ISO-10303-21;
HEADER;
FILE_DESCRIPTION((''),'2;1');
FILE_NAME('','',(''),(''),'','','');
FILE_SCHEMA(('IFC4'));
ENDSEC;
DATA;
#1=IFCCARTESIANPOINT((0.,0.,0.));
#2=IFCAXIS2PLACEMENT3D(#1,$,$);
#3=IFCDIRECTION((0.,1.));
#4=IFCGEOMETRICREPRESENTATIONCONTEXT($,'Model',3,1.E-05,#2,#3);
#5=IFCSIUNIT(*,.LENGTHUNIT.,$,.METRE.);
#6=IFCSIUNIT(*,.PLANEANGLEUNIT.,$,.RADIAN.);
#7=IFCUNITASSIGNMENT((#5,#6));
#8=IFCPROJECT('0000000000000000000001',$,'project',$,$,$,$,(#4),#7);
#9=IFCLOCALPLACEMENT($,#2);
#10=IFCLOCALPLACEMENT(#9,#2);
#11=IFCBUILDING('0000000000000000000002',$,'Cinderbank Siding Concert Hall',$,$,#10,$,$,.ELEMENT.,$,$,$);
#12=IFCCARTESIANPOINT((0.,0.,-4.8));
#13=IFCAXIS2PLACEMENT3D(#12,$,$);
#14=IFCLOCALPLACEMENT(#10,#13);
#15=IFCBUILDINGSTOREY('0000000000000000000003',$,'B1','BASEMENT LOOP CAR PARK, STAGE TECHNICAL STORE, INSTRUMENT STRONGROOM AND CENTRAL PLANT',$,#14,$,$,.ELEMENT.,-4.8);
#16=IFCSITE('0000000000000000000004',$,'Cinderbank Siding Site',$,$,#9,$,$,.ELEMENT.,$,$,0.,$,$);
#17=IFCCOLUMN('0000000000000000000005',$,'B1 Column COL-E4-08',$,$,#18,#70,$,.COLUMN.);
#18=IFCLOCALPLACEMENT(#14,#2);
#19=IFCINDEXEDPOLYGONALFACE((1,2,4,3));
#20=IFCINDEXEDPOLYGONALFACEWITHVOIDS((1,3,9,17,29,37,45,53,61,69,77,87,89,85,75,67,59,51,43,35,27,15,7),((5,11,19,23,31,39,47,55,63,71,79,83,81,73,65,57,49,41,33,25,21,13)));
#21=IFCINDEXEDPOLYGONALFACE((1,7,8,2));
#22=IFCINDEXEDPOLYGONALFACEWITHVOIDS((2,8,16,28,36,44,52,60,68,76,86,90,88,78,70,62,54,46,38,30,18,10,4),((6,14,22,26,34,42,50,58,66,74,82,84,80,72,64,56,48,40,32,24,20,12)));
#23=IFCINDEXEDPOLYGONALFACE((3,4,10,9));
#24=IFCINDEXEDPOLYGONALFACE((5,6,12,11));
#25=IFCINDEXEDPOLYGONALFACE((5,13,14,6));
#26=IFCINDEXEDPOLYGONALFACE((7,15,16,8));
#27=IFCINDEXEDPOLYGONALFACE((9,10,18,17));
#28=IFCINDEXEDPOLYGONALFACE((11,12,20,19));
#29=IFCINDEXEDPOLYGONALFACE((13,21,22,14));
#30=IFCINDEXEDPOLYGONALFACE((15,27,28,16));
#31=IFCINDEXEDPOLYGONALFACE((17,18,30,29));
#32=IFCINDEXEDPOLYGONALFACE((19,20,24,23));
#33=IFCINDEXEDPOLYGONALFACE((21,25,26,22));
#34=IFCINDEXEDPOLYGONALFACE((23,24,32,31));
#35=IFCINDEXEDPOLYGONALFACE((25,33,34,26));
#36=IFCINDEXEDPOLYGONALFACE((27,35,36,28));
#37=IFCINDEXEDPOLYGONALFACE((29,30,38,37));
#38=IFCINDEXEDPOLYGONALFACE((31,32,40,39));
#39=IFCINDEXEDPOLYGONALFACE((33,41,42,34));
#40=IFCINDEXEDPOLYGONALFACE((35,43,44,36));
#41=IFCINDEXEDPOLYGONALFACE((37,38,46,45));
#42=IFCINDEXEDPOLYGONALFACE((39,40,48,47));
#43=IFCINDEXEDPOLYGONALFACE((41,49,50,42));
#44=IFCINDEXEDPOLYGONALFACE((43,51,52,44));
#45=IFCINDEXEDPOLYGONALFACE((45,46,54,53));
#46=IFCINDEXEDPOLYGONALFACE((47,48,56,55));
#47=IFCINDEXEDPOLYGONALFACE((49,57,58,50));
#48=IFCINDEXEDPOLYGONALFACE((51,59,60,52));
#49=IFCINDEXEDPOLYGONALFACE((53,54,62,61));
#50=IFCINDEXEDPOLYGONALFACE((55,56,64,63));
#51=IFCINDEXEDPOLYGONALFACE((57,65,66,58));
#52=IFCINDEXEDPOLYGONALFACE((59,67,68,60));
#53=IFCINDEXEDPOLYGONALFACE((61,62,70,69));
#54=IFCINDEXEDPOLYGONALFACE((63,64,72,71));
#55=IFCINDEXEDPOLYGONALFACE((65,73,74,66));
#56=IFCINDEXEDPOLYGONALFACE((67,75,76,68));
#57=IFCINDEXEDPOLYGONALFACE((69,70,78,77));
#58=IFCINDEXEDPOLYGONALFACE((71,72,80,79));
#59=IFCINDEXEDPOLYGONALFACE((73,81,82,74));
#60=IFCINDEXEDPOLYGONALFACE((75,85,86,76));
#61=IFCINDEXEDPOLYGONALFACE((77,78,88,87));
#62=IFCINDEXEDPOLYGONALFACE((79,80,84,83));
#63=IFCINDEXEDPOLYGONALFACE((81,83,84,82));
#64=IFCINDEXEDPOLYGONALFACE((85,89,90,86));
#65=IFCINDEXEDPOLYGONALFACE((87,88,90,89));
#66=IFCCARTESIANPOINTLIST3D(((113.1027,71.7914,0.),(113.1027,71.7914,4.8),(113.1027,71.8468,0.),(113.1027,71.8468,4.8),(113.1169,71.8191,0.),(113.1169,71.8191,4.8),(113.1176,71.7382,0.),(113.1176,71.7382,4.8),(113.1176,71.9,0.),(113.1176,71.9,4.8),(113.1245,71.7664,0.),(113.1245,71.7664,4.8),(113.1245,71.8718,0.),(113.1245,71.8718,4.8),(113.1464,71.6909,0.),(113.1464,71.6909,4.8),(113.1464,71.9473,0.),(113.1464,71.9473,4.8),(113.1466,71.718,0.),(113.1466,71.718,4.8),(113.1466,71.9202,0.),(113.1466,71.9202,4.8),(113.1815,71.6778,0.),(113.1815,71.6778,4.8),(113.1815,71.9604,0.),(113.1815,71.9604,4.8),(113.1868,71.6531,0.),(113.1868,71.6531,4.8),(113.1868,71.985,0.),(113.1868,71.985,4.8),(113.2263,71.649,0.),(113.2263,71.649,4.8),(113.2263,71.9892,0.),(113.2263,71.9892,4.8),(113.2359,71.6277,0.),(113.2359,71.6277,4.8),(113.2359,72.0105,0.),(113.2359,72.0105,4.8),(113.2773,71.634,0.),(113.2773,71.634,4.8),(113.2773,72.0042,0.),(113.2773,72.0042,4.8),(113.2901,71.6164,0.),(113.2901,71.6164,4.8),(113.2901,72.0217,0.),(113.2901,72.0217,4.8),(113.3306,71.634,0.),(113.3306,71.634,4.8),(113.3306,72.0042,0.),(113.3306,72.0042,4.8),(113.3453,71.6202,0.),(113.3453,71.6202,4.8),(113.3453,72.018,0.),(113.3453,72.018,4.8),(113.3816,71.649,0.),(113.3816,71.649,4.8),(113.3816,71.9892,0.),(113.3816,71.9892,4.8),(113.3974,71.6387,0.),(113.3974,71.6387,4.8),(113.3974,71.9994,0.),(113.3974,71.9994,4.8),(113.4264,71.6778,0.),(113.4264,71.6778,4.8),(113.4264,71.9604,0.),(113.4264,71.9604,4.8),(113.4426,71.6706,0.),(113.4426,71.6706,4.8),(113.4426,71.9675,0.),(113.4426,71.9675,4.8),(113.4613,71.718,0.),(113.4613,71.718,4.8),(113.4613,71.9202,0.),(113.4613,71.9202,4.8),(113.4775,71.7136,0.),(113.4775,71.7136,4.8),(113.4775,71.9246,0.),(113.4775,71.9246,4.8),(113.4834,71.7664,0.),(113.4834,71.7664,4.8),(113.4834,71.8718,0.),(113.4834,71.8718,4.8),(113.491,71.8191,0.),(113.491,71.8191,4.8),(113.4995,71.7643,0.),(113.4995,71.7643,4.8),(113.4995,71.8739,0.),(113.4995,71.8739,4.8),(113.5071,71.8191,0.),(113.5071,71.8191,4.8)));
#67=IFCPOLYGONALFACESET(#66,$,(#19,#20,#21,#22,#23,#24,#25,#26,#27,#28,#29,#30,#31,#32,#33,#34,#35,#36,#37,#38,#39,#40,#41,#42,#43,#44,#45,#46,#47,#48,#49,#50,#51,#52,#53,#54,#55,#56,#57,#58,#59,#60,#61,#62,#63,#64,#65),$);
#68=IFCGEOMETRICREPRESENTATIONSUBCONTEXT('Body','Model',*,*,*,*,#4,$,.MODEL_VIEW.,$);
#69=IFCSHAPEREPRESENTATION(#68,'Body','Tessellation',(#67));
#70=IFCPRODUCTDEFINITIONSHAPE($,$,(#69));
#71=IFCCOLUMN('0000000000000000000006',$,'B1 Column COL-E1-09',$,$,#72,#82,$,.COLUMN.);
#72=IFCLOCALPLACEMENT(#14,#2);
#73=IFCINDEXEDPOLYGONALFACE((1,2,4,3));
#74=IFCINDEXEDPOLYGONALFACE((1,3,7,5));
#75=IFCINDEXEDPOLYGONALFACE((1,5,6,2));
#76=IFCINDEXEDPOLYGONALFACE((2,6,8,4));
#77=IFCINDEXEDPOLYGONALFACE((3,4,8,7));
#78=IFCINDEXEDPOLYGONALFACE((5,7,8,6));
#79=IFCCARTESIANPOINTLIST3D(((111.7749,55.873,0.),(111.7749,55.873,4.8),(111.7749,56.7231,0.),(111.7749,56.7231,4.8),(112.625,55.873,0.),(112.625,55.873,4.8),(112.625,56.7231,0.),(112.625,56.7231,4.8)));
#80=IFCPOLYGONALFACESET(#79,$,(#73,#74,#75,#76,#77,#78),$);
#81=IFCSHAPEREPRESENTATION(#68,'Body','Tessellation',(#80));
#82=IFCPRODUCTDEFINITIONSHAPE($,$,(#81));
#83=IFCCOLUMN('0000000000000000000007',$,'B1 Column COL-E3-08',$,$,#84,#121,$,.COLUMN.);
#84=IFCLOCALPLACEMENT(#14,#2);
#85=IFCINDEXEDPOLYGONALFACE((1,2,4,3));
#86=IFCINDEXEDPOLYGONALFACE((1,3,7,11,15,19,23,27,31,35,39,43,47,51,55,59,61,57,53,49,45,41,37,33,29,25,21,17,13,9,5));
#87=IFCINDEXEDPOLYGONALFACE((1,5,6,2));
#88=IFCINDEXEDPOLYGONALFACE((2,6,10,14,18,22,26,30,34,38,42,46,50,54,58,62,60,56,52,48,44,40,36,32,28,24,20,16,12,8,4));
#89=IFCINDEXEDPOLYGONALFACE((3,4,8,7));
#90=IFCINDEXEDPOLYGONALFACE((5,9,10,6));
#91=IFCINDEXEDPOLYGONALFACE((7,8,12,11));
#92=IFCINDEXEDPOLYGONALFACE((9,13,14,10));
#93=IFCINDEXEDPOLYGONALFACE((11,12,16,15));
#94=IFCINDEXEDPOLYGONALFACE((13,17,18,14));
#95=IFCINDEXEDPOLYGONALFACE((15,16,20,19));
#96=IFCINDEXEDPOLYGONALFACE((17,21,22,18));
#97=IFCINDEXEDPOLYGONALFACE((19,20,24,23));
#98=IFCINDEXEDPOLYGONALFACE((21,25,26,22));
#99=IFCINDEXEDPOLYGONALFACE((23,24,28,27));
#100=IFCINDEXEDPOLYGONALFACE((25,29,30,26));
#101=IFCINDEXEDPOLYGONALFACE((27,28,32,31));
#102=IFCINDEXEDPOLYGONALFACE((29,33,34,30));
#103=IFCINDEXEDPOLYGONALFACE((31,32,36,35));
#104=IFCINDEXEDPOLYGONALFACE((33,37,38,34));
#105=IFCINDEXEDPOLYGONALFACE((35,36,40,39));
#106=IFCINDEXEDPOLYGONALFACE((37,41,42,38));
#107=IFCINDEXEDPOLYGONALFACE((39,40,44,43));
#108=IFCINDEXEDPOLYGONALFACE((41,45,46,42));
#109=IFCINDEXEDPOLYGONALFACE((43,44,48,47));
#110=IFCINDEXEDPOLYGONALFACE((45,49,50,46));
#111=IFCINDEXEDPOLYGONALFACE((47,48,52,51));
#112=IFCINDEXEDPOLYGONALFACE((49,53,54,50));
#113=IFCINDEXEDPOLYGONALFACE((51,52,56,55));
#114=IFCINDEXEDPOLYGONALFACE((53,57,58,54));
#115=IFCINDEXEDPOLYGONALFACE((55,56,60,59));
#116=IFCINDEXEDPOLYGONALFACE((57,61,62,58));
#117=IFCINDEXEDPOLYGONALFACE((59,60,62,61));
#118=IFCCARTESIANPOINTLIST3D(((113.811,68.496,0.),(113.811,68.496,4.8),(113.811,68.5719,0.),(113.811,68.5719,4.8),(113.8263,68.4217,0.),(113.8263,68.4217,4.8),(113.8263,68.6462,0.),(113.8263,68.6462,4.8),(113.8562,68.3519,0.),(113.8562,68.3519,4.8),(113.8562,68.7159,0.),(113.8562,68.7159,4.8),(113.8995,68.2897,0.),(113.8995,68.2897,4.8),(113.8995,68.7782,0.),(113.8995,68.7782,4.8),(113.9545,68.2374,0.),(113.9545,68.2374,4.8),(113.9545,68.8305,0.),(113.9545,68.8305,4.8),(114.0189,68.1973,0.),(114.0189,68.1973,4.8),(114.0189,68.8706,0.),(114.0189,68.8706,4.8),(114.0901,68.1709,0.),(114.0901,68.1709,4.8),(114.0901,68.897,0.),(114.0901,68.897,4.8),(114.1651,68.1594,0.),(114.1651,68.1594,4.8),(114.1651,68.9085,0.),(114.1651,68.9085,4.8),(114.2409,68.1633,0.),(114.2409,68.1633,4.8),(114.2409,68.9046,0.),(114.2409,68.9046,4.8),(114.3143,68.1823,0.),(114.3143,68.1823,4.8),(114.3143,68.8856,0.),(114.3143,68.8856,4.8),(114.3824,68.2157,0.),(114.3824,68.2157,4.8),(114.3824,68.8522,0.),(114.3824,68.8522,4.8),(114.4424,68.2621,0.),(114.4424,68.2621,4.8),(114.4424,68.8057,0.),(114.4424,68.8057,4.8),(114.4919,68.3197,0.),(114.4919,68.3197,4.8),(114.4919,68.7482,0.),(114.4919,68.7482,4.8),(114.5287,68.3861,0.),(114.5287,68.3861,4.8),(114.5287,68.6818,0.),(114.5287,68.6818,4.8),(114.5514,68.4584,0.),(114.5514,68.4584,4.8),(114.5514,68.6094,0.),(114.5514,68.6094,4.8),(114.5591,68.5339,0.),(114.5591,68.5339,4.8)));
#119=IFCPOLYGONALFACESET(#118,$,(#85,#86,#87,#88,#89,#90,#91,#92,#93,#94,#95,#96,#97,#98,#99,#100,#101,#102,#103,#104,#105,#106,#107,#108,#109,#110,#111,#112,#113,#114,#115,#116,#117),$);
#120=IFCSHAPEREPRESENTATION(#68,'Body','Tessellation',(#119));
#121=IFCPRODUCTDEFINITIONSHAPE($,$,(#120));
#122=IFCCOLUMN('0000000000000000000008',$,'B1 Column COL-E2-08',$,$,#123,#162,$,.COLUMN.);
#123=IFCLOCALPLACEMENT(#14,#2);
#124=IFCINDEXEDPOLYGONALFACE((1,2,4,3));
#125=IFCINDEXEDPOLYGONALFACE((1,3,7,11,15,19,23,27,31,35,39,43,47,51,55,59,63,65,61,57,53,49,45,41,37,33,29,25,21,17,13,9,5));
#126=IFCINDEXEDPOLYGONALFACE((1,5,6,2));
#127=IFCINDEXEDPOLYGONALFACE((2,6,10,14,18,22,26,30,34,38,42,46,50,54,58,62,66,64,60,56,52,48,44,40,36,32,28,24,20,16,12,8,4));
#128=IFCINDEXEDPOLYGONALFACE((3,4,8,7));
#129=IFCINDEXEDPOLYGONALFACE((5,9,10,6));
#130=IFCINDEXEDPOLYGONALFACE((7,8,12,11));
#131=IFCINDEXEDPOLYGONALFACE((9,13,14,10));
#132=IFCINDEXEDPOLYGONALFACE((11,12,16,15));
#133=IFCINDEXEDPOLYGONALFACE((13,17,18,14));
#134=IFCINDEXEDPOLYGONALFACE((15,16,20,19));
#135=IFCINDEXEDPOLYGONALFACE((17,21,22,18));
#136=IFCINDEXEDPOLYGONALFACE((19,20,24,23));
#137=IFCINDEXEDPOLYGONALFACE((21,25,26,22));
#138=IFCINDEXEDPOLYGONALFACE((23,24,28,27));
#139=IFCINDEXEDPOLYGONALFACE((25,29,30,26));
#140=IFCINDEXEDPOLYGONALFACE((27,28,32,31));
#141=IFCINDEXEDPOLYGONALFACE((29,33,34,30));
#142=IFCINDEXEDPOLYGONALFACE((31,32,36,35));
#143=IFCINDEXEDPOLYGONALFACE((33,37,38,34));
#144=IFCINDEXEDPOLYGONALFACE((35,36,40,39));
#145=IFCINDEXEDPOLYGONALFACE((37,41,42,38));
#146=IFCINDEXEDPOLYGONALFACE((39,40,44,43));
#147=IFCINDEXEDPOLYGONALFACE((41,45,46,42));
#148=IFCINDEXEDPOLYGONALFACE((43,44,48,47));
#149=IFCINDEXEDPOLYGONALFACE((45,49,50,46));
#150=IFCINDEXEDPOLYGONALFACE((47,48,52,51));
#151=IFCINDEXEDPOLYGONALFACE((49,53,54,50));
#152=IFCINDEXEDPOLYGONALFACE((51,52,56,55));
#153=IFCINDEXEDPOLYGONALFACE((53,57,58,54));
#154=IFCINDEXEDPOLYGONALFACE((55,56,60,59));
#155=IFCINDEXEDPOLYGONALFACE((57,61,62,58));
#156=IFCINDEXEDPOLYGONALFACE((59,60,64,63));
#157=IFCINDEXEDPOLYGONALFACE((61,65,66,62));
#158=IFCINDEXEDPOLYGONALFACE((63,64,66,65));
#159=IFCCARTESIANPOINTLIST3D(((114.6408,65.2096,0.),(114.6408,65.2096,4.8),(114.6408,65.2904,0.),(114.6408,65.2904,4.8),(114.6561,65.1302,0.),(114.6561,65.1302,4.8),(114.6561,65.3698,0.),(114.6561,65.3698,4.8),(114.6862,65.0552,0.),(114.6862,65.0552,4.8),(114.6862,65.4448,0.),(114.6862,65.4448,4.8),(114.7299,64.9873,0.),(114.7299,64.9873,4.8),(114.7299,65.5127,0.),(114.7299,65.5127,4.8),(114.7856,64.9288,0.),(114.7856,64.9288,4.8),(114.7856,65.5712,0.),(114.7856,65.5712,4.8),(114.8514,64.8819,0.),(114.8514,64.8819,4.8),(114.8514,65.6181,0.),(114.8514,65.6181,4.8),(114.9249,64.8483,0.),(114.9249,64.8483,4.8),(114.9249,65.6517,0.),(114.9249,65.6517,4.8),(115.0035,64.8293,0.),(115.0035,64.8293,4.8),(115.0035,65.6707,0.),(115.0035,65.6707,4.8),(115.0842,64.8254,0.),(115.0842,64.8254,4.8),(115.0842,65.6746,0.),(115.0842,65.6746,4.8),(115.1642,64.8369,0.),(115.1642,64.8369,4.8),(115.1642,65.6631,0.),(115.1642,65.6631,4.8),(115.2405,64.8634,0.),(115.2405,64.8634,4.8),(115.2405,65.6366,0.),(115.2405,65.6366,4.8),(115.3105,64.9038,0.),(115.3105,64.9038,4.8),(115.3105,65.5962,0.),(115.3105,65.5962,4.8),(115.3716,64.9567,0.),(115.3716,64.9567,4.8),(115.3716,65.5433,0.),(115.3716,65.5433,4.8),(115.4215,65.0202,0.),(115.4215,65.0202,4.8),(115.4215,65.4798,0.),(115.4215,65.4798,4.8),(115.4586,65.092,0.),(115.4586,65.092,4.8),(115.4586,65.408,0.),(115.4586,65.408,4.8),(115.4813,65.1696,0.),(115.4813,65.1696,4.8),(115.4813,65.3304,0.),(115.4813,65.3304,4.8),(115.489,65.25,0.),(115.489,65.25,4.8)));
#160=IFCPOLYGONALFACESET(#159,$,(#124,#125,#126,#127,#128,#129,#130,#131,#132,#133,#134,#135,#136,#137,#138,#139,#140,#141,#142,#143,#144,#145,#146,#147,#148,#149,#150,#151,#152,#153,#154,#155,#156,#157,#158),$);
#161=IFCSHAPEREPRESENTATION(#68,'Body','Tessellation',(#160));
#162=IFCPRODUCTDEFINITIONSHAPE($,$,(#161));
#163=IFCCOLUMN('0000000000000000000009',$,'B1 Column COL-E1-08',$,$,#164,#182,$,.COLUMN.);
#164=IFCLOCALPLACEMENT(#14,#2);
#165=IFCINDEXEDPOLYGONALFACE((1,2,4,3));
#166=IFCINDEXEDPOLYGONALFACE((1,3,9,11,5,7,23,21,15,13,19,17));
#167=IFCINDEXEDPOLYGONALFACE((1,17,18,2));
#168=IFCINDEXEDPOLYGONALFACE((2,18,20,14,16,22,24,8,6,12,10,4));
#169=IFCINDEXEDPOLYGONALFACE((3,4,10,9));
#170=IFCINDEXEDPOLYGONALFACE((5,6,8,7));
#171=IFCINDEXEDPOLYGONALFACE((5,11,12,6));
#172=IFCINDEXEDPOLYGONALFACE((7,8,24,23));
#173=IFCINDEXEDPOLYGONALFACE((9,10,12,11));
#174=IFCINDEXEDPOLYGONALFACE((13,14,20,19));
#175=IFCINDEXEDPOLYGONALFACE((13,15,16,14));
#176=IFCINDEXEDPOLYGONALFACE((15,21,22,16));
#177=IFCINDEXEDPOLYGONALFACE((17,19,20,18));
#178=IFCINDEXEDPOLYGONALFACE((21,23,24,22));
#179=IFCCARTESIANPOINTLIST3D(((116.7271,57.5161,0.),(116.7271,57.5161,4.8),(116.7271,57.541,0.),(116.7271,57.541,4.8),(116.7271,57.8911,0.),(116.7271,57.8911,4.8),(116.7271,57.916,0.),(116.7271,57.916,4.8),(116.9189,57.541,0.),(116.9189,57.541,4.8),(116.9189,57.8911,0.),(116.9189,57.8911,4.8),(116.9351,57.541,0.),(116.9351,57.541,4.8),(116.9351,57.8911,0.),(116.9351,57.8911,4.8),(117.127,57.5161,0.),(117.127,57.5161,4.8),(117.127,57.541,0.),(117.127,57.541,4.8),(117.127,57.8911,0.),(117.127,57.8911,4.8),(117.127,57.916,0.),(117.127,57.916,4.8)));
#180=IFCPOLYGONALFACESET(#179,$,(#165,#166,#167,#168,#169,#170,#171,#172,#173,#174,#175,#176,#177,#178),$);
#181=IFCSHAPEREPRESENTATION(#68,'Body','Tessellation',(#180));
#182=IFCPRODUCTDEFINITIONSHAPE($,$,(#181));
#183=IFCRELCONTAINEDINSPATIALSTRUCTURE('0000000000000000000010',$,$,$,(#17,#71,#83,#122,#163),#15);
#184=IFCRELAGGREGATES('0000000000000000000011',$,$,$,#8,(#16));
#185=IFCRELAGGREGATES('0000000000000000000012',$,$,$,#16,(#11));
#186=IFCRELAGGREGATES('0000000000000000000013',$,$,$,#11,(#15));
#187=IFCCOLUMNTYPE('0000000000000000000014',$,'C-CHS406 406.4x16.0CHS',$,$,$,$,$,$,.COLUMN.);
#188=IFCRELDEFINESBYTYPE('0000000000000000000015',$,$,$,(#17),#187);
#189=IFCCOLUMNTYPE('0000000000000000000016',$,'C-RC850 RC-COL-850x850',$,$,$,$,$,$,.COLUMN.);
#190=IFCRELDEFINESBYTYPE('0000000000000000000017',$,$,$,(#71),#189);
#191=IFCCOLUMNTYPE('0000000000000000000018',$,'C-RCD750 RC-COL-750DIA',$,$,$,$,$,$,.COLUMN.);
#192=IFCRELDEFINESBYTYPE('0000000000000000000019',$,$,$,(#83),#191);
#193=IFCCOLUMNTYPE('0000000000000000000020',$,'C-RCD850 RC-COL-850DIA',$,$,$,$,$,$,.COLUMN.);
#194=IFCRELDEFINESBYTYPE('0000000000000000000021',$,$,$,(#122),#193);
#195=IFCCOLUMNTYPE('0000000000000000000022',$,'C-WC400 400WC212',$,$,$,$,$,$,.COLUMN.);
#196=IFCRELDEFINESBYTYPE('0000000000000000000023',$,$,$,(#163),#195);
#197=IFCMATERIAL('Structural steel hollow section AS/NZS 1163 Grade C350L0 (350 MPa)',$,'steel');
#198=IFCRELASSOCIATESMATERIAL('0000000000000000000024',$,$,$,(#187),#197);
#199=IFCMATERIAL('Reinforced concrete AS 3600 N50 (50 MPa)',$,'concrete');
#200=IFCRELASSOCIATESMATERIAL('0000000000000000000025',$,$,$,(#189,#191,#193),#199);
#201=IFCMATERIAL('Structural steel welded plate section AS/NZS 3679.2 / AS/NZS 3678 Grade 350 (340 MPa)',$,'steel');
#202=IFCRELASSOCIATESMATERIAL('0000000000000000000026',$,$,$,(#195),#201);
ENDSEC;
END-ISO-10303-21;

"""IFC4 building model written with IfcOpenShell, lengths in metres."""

from ifc_helpers import new_model, si_unit, direction, frame, origin, origin_2d, place, context, subcontext, project, spatial, rectangle, circle, hollow_circle, i_section, extrude, material, material_profile, profile_set, type_object, element, save


model = new_model("IFC4")

# Units and contexts
model_context = context("Model", 3, precision=1e-05, world=origin(), true_north=direction((0.0, 1.0)))
body_context = subcontext(model_context, "Body", "Model", "MODEL_VIEW")
ifc_project = project(units=[si_unit("LENGTHUNIT", "METRE"), si_unit("PLANEANGLEUNIT", "RADIAN")], contexts=[model_context])

# Site, building, storey
site_placement = place(None, origin())
site = spatial("IfcSite", under=ifc_project, at=site_placement, Name="Cinderbank Siding Site", CompositionType="ELEMENT", RefElevation=0.0)
building_placement = place(site_placement, origin())
building = spatial("IfcBuilding", under=site, at=building_placement, Name="Cinderbank Siding Concert Hall", CompositionType="ELEMENT")
storey_placement = place(building_placement, frame((0.0, 0.0, -4.8)))
storey = spatial("IfcBuildingStorey", under=building, at=storey_placement, Name="B1", Description="BASEMENT LOOP CAR PARK, STAGE TECHNICAL STORE, INSTRUMENT STRONGROOM AND CENTRAL PLANT", CompositionType="ELEMENT", Elevation=-4.8)

# Columns
ifc_material_1 = material(Name="Structural steel hollow section AS/NZS 1163 Grade C350L0 (350 MPa)", Category="steel")
ifc_material_profile_1 = material_profile(ifc_material_1, hollow_circle(Radius=0.2031, WallThickness=0.0161, at=origin_2d()), Name="406.4x16.0CHS", Category="LoadBearing")
ifc_profile_set_1 = profile_set([ifc_material_profile_1], Name="Structural steel hollow section AS/NZS 1163 Grade C350L0 (350 MPa)")
column_type_1 = type_object("IfcColumnType", Name="C-CHS406 406.4x16.0CHS", PredefinedType="COLUMN", material=ifc_profile_set_1)
column_1_placement = place(storey_placement, frame((113.304, 71.8191, 0.0), z_axis=(0.0, 0.0, 1.0), x_axis=(1.0, 0.0, 0.0)))
element("IfcColumn", 1, at=column_1_placement, inside=storey, type_object=column_type_1, Name="B1 Column COL-E4-08", PredefinedType="COLUMN", context=body_context, shape_type="SweptSolid", body=[
    extrude(hollow_circle(Radius=0.2031, WallThickness=0.0161, at=origin_2d()), origin(), (0.0, 0.0, 1.0), 4.8),
])
ifc_material_2 = material(Name="Reinforced concrete AS 3600 N50 (50 MPa)", Category="concrete")
ifc_material_profile_2 = material_profile(ifc_material_2, rectangle(XDim=0.8501, YDim=0.8501, at=origin_2d()), Name="RC-COL-850x850", Category="LoadBearing")
ifc_profile_set_2 = profile_set([ifc_material_profile_2], Name="Reinforced concrete AS 3600 N50 (50 MPa)")
column_type_2 = type_object("IfcColumnType", Name="C-RC850 RC-COL-850x850", PredefinedType="COLUMN", material=ifc_profile_set_2)
column_2_placement = place(storey_placement, frame((112.2, 56.2981, 0.0), z_axis=(0.0, 0.0, 1.0), x_axis=(1.0, 0.0, 0.0)))
element("IfcColumn", 2, at=column_2_placement, inside=storey, type_object=column_type_2, Name="B1 Column COL-E1-09", PredefinedType="COLUMN", context=body_context, shape_type="SweptSolid", body=[
    extrude(rectangle(XDim=0.8501, YDim=0.8501, at=origin_2d()), origin(), (0.0, 0.0, 1.0), 4.8),
])
ifc_material_profile_3 = material_profile(ifc_material_2, circle(Radius=0.375, at=origin_2d()), Name="RC-COL-750DIA", Category="LoadBearing")
ifc_profile_set_3 = profile_set([ifc_material_profile_3], Name="Reinforced concrete AS 3600 N50 (50 MPa)")
column_type_3 = type_object("IfcColumnType", Name="C-RCD750 RC-COL-750DIA", PredefinedType="COLUMN", material=ifc_profile_set_3)
column_3_placement = place(storey_placement, frame((114.1841, 68.5339, 0.0), z_axis=(0.0, 0.0, 1.0), x_axis=(1.0, 0.0, 0.0)))
element("IfcColumn", 3, at=column_3_placement, inside=storey, type_object=column_type_3, Name="B1 Column COL-E3-08", PredefinedType="COLUMN", context=body_context, shape_type="SweptSolid", body=[
    extrude(circle(Radius=0.375, at=origin_2d()), origin(), (0.0, 0.0, 1.0), 4.8),
])
ifc_material_profile_4 = material_profile(ifc_material_2, circle(Radius=0.425, at=origin_2d()), Name="RC-COL-850DIA", Category="LoadBearing")
ifc_profile_set_4 = profile_set([ifc_material_profile_4], Name="Reinforced concrete AS 3600 N50 (50 MPa)")
column_type_4 = type_object("IfcColumnType", Name="C-RCD850 RC-COL-850DIA", PredefinedType="COLUMN", material=ifc_profile_set_4)
column_4_placement = place(storey_placement, frame((115.064, 65.25, 0.0), z_axis=(0.0, 0.0, 1.0), x_axis=(1.0, 0.0, 0.0)))
element("IfcColumn", 4, at=column_4_placement, inside=storey, type_object=column_type_4, Name="B1 Column COL-E2-08", PredefinedType="COLUMN", context=body_context, shape_type="SweptSolid", body=[
    extrude(circle(Radius=0.425, at=origin_2d()), origin(), (0.0, 0.0, 1.0), 4.8),
])
ifc_material_3 = material(Name="Structural steel welded plate section AS/NZS 3679.2 / AS/NZS 3678 Grade 350 (340 MPa)", Category="steel")
ifc_material_profile_5 = material_profile(ifc_material_3, i_section(OverallWidth=0.3999, OverallDepth=0.3999, WebThickness=0.0161, FlangeThickness=0.0249, at=origin_2d()), Name="400WC212", Category="LoadBearing")
ifc_profile_set_5 = profile_set([ifc_material_profile_5], Name="Structural steel welded plate section AS/NZS 3679.2 / AS/NZS 3678 Grade 350 (340 MPa)")
column_type_5 = type_object("IfcColumnType", Name="C-WC400 400WC212", PredefinedType="COLUMN", material=ifc_profile_set_5)
column_5_placement = place(storey_placement, frame((116.927, 57.7161, 0.0), z_axis=(0.0, 0.0, 1.0), x_axis=(1.0, 0.0, 0.0)))
element("IfcColumn", 5, at=column_5_placement, inside=storey, type_object=column_type_5, Name="B1 Column COL-E1-08", PredefinedType="COLUMN", context=body_context, shape_type="SweptSolid", body=[
    extrude(i_section(OverallWidth=0.3999, OverallDepth=0.3999, WebThickness=0.0161, FlangeThickness=0.0249, at=origin_2d()), origin(), (0.0, 0.0, 1.0), 4.8),
])

save(model, "model.ifc")
